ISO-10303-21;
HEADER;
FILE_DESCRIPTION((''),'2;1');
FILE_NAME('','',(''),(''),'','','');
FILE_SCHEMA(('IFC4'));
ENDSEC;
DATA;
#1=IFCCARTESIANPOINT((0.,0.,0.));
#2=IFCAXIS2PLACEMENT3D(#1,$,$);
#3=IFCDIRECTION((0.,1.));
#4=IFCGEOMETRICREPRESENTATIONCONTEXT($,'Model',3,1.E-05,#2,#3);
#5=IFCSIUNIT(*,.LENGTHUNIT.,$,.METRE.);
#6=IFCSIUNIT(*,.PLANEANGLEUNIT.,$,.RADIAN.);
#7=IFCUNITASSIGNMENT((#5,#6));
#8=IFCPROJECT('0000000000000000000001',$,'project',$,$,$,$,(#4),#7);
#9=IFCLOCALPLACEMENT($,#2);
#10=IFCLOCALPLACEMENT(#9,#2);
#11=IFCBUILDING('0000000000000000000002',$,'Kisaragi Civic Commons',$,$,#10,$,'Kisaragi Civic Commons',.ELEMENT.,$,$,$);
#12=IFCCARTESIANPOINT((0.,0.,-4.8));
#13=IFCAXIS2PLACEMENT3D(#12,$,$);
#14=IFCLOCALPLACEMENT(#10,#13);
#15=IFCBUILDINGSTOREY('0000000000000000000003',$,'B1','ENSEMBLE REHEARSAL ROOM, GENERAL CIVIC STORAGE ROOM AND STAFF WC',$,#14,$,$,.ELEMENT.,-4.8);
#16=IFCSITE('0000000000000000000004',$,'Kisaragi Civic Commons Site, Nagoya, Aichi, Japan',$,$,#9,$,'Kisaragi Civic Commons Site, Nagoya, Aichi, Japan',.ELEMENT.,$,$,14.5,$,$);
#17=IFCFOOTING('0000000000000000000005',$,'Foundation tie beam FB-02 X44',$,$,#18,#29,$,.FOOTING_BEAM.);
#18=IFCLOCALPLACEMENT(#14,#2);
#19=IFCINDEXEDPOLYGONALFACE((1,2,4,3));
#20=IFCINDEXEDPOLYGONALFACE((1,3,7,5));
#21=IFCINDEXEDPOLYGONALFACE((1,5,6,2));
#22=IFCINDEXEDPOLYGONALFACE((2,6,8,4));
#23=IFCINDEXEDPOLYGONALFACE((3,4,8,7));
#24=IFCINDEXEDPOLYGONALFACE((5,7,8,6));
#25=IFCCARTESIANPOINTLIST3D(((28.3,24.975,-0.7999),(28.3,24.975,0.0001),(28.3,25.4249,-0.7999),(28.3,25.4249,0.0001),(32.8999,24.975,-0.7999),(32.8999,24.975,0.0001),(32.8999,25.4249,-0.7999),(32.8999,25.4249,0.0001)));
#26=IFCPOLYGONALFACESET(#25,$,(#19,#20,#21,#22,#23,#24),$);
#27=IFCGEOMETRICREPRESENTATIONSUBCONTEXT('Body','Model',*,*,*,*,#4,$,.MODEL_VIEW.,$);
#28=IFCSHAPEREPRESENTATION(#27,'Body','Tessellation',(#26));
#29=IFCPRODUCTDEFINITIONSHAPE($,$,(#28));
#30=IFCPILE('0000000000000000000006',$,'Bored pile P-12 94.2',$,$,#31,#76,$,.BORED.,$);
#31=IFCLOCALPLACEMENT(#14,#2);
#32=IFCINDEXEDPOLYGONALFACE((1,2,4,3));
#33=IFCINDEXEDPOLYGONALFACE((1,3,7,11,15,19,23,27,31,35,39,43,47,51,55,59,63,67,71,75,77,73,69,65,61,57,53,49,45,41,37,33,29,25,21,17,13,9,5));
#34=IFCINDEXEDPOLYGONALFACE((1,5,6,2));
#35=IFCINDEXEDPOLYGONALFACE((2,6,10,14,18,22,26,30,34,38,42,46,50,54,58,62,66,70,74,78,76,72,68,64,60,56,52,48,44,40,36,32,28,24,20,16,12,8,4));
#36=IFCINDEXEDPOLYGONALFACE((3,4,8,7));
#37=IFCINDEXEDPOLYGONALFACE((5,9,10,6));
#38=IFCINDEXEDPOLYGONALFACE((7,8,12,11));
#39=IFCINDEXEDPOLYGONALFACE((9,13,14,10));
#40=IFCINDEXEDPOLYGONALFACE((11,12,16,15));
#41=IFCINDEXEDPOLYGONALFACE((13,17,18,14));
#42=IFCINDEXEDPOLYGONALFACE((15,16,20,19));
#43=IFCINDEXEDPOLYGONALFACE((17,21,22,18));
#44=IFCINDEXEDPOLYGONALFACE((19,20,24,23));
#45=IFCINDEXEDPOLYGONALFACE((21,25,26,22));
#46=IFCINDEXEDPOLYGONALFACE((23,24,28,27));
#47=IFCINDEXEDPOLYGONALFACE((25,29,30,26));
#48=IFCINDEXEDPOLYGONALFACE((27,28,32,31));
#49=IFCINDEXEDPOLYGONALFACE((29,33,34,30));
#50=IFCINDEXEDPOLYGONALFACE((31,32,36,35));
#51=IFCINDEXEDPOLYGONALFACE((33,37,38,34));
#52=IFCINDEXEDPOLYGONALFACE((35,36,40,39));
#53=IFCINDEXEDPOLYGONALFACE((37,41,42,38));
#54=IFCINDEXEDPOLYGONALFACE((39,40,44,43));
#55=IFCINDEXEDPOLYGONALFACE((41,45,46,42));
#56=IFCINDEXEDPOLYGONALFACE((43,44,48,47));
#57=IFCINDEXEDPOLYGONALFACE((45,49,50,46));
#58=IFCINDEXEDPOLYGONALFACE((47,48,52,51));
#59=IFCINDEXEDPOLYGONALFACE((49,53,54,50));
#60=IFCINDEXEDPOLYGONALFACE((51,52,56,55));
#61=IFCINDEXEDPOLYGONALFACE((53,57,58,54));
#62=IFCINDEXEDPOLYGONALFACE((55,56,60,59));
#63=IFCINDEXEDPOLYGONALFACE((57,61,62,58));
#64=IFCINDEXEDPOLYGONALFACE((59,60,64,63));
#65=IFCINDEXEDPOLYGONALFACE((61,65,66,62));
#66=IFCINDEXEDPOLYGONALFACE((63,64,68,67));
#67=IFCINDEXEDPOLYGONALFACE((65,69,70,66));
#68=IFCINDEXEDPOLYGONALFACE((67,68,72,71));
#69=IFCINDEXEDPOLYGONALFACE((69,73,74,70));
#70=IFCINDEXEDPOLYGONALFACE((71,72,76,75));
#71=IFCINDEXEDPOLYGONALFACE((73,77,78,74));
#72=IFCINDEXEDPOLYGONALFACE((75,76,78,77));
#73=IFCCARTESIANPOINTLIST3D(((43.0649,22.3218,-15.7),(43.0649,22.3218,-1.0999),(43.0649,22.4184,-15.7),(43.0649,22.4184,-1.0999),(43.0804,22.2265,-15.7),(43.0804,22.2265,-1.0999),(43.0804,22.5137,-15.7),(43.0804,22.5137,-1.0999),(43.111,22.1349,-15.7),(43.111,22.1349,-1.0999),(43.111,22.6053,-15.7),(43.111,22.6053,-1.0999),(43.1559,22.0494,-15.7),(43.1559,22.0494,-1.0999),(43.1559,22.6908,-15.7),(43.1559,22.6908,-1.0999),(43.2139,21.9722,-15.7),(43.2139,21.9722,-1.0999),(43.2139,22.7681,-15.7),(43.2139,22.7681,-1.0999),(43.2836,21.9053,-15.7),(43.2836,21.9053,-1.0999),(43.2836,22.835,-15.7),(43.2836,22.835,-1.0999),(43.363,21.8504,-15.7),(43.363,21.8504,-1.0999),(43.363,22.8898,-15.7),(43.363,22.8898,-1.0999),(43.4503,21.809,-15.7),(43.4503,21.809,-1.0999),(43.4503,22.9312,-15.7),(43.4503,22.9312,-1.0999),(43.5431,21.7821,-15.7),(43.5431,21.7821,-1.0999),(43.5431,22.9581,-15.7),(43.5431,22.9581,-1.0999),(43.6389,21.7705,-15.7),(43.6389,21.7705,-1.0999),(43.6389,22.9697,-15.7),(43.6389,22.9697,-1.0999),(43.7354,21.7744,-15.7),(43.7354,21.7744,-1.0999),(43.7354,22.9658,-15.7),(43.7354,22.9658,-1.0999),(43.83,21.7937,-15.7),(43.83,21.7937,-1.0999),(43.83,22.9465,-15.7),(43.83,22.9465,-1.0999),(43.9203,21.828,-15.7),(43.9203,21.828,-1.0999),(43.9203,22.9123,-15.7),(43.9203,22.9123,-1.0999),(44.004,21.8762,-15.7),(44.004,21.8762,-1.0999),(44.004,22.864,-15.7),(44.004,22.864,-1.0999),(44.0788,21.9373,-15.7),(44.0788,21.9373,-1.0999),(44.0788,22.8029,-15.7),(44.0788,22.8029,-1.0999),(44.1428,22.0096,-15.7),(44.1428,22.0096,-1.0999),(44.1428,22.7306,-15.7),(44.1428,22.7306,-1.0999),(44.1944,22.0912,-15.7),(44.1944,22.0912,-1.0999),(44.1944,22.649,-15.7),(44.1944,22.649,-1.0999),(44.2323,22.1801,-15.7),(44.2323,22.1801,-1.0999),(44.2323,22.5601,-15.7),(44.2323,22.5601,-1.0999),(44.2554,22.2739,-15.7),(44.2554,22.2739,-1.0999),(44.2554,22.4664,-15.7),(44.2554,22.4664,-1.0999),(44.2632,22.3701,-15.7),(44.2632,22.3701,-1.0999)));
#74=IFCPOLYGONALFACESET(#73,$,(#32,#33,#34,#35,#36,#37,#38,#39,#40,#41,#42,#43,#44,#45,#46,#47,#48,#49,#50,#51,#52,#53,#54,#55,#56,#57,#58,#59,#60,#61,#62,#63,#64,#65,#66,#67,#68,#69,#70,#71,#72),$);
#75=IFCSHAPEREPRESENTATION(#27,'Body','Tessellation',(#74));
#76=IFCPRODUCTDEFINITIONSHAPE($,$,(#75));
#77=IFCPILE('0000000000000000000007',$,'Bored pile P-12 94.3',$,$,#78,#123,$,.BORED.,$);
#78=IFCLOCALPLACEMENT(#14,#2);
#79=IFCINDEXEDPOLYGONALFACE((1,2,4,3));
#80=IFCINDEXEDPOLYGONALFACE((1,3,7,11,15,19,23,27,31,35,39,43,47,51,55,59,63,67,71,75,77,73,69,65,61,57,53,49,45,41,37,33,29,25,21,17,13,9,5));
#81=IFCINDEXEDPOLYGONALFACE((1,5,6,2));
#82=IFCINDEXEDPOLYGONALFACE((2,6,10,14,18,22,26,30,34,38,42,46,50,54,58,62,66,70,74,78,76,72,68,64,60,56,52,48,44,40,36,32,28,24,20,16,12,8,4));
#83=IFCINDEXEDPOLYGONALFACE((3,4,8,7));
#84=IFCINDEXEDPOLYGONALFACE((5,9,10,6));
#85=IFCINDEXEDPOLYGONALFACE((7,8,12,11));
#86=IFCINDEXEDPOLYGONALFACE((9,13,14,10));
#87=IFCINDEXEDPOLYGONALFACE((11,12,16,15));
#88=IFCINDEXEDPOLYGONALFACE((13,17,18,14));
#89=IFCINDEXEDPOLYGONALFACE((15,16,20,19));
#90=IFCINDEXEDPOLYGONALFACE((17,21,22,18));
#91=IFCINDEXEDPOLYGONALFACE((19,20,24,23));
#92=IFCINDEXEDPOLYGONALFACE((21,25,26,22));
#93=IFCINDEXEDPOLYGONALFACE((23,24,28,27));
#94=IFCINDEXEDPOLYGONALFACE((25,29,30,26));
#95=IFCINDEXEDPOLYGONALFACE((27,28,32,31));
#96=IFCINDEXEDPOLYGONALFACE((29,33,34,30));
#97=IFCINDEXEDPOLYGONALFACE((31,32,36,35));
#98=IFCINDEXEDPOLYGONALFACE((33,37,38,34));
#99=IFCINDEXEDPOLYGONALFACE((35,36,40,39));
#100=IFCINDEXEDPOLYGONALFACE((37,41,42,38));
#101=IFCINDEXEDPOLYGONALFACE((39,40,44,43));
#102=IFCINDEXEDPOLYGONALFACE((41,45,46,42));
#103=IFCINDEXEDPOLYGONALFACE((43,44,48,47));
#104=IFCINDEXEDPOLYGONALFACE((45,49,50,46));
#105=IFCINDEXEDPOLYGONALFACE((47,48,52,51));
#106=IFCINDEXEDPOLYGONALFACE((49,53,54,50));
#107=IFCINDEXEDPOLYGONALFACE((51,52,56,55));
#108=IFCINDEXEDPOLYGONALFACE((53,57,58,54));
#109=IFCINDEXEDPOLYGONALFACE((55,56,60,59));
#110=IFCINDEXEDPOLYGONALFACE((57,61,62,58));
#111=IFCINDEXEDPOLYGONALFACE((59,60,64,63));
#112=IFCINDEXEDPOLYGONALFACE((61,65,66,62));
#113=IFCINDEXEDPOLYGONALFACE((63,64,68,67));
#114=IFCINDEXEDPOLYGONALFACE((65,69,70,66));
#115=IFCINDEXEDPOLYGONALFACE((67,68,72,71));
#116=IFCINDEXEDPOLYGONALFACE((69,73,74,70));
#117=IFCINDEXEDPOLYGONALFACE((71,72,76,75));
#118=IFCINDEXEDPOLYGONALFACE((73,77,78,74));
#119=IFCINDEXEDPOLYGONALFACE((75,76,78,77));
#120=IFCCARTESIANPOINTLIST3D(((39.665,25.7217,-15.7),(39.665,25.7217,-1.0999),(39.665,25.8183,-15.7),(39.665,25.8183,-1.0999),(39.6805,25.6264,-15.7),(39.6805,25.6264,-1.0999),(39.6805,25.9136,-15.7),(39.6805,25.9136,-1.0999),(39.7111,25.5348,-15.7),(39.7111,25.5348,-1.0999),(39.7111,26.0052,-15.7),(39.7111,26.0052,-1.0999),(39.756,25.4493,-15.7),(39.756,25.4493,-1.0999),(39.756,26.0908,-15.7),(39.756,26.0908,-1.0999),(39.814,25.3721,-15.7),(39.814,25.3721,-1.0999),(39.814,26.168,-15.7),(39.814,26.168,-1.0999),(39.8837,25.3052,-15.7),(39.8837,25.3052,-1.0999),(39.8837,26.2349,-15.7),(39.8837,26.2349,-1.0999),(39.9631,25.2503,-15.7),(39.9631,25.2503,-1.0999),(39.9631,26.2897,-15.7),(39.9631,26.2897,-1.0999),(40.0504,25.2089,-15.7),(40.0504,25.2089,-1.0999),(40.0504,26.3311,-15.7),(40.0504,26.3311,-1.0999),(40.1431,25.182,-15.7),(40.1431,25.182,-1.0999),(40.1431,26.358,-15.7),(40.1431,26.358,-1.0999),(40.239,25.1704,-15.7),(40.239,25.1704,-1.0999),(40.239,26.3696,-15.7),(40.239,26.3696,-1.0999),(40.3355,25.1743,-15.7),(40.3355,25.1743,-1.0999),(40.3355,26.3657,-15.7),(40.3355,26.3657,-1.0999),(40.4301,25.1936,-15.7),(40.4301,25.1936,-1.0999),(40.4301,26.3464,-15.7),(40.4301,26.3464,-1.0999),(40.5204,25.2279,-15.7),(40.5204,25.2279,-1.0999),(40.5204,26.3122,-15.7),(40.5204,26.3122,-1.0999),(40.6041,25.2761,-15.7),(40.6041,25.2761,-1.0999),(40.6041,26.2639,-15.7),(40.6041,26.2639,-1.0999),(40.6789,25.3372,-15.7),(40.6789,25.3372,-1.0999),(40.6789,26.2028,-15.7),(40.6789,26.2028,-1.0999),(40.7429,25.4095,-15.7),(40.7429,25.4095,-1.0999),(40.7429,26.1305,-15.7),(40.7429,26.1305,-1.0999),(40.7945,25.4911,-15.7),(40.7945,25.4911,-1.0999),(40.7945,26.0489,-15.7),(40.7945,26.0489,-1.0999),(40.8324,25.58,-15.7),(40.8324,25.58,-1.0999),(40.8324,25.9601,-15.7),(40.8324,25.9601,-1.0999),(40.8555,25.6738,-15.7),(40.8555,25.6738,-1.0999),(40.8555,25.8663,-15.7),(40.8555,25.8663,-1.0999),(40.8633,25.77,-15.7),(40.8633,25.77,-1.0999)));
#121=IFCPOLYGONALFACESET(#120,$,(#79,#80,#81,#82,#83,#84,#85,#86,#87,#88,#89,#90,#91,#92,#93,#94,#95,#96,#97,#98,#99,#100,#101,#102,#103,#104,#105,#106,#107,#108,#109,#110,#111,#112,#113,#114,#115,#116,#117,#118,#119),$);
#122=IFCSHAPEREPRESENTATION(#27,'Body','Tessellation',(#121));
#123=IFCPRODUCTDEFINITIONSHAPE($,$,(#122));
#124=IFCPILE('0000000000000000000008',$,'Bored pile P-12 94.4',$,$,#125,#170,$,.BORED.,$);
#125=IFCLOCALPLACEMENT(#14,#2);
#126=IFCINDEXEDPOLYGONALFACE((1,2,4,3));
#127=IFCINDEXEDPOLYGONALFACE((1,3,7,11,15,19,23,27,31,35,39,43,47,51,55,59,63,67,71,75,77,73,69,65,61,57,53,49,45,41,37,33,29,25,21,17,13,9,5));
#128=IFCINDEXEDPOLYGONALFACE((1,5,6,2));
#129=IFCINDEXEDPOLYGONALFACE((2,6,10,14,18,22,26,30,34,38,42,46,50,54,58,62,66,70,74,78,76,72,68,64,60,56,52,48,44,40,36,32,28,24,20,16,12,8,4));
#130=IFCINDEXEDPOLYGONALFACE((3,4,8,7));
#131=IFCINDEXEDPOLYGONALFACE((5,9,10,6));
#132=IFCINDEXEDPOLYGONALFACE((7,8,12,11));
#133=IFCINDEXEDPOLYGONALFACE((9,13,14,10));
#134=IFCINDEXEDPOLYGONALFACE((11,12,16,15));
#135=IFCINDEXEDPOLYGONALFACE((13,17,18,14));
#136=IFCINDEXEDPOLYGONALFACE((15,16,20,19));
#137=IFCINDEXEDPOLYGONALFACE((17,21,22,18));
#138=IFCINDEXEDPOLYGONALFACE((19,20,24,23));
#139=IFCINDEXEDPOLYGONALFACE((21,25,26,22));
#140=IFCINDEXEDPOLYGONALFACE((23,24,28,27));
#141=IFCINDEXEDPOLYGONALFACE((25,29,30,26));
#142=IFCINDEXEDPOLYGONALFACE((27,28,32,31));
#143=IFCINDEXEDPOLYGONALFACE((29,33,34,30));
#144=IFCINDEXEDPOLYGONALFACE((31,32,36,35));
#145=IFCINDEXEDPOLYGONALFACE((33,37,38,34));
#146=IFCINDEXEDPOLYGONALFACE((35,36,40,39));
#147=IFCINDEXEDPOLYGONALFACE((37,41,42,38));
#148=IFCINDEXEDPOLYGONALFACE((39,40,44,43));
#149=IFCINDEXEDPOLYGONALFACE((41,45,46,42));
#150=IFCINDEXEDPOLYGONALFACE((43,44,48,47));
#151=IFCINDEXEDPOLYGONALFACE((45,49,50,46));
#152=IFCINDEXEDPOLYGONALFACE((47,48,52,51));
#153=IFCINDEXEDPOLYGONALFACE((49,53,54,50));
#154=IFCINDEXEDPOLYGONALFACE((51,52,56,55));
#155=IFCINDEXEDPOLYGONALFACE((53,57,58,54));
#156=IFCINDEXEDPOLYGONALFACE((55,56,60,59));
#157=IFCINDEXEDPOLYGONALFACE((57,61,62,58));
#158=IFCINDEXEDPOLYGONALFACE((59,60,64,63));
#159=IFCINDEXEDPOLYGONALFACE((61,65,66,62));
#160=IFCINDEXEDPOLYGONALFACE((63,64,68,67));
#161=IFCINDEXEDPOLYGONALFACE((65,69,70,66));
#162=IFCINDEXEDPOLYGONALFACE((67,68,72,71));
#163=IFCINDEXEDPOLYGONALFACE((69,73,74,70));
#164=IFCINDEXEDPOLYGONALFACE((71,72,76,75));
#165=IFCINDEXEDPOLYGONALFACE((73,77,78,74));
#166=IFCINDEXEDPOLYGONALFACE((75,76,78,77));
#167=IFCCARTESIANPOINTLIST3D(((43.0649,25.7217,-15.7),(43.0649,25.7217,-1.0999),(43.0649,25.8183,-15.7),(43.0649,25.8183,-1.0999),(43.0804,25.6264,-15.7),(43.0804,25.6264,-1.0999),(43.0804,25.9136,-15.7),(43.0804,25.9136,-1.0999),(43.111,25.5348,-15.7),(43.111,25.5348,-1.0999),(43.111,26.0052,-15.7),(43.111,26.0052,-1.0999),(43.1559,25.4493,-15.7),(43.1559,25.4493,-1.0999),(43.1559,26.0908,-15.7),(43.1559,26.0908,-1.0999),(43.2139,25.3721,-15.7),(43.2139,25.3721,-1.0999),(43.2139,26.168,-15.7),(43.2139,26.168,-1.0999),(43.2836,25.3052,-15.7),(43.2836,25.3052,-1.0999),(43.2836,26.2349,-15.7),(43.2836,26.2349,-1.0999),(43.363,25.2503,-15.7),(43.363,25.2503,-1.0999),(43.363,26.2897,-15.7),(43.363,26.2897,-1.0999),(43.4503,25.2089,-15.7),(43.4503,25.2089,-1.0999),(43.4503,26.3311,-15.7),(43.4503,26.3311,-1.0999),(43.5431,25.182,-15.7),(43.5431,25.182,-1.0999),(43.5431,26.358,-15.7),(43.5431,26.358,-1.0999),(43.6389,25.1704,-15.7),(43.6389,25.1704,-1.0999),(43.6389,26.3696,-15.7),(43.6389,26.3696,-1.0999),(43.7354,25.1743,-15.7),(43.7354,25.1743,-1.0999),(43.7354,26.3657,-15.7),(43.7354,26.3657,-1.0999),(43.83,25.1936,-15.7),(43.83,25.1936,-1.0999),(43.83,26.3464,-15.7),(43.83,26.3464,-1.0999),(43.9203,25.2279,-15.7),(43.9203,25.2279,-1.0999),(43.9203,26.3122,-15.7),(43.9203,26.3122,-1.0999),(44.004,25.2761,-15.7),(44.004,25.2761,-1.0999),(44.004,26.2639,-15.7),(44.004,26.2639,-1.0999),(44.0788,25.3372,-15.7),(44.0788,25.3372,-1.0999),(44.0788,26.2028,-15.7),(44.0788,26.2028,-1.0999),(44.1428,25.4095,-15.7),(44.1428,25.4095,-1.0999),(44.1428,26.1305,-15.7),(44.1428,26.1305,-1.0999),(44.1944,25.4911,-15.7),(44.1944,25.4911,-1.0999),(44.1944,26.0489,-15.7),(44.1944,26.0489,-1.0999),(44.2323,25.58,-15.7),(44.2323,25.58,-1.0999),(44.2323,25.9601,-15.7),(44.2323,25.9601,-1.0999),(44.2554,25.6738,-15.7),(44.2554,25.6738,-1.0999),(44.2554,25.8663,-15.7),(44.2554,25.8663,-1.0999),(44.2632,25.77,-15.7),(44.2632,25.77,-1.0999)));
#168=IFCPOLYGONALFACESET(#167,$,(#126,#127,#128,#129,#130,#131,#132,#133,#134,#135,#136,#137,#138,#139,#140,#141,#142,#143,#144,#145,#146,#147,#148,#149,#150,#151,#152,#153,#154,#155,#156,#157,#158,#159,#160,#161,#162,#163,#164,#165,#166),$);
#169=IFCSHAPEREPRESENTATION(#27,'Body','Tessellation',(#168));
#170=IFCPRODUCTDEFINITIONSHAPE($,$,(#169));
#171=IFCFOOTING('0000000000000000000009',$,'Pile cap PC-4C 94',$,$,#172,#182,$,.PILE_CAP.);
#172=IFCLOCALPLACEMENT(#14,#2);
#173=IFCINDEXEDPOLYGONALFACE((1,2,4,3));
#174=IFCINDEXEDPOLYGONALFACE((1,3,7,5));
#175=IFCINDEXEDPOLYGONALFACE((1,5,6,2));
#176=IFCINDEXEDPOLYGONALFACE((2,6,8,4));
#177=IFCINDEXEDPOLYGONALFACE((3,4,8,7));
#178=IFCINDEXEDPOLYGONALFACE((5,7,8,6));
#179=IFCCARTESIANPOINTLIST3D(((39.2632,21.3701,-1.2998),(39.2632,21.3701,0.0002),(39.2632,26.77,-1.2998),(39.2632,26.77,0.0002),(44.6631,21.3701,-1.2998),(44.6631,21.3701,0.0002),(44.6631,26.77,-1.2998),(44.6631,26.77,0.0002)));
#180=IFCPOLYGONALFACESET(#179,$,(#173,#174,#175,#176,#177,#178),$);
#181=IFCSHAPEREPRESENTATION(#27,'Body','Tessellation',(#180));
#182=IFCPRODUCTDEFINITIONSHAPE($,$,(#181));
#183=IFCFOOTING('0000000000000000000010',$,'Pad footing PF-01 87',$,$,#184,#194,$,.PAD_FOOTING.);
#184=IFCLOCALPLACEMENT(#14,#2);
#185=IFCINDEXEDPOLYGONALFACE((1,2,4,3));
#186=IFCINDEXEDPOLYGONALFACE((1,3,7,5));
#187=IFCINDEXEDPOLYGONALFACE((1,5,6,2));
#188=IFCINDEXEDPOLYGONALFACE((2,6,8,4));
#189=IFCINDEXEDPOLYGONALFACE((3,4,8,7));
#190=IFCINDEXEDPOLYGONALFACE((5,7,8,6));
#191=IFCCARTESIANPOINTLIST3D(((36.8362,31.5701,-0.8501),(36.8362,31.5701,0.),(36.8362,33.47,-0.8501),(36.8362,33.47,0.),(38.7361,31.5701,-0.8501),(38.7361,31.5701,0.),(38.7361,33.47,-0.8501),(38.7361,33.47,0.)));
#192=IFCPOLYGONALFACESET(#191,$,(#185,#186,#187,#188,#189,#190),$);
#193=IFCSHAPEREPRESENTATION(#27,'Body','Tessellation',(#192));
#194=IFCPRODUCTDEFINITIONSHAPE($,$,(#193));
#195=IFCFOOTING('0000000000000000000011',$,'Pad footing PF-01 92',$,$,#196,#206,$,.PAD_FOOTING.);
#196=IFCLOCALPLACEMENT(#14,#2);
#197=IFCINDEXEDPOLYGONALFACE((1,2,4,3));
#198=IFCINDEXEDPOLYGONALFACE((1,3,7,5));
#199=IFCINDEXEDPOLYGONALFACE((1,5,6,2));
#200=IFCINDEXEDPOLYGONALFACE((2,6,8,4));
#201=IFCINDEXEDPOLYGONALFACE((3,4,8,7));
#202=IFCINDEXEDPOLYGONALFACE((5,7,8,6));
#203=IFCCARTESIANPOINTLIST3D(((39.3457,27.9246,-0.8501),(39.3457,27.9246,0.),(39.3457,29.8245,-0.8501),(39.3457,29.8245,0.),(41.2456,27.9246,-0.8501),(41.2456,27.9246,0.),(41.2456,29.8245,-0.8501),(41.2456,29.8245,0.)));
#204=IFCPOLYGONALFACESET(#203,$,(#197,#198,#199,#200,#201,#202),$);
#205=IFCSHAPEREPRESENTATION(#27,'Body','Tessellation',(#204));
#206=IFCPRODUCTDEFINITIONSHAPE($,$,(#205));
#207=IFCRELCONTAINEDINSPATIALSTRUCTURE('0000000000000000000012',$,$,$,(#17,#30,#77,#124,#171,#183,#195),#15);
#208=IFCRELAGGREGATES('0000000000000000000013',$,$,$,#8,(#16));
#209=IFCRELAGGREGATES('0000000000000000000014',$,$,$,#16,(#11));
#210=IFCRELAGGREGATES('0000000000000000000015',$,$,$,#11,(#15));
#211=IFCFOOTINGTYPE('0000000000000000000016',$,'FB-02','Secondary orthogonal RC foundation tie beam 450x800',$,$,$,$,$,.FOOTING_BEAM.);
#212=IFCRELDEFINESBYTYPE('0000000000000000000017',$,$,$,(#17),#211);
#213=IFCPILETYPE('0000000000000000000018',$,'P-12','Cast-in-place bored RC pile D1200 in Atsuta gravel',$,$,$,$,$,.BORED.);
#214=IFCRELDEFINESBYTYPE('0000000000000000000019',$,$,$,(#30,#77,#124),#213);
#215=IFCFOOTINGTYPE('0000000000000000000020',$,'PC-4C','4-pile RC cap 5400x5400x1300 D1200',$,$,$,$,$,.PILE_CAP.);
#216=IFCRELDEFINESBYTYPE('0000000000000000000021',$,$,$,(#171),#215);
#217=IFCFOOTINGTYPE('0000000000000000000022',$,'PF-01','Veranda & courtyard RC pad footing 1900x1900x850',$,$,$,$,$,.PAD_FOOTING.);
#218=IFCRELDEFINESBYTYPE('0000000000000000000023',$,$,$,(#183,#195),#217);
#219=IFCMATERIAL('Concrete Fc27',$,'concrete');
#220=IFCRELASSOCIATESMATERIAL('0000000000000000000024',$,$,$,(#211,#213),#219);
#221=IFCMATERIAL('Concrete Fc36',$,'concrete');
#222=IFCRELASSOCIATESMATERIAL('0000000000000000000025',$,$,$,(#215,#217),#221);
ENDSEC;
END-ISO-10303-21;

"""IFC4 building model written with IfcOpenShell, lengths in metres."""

from ifc_helpers import new_model, si_unit, direction, frame, origin, origin_2d, place, context, subcontext, project, spatial, rectangle, circle, extrude, material, material_profile, profile_set, type_object, element, save


model = new_model("IFC4")

# Units and contexts
model_context = context("Model", 3, precision=1e-05, world=origin(), true_north=direction((0.0, 1.0)))
body_context = subcontext(model_context, "Body", "Model", "MODEL_VIEW")
ifc_project = project(units=[si_unit("LENGTHUNIT", "METRE"), si_unit("PLANEANGLEUNIT", "RADIAN")], contexts=[model_context])

# Site, building, storey
site_placement = place(None, origin())
site = spatial("IfcSite", under=ifc_project, at=site_placement, Name="Kisaragi Civic Commons Site, Nagoya, Aichi, Japan", LongName="Kisaragi Civic Commons Site, Nagoya, Aichi, Japan", CompositionType="ELEMENT", RefElevation=14.5)
building_placement = place(site_placement, origin())
building = spatial("IfcBuilding", under=site, at=building_placement, Name="Kisaragi Civic Commons", LongName="Kisaragi Civic Commons", CompositionType="ELEMENT")
storey_placement = place(building_placement, frame((0.0, 0.0, -4.8)))
storey = spatial("IfcBuildingStorey", under=building, at=storey_placement, Name="B1", Description="ENSEMBLE REHEARSAL ROOM, GENERAL CIVIC STORAGE ROOM AND STAFF WC", CompositionType="ELEMENT", Elevation=-4.8)

# Footing
ifc_material_1 = material(Name="Concrete Fc27", Category="concrete")
ifc_material_profile_1 = material_profile(ifc_material_1, rectangle(XDim=0.45, YDim=0.8, at=origin_2d()), Name="RC-450x800", Category="concrete")
ifc_profile_set_1 = profile_set([ifc_material_profile_1], Name="Concrete Fc27")
footing_type_1 = type_object("IfcFootingType", Name="FB-02", Description="Secondary orthogonal RC foundation tie beam 450x800", PredefinedType="FOOTING_BEAM", material=ifc_profile_set_1)
footing_1_placement = place(storey_placement, frame((28.3, 25.2, -0.3999), z_axis=(1.0, 0.0, 0.0), x_axis=(0.0, 1.0, 0.0)))
element("IfcFooting", 1, at=footing_1_placement, inside=storey, type_object=footing_type_1, Name="Foundation tie beam FB-02 X44", PredefinedType="FOOTING_BEAM", context=body_context, shape_type="SweptSolid", body=[
    extrude(rectangle(XDim=0.45, YDim=0.8, at=origin_2d()), origin(), (0.0, 0.0, 1.0), 4.5999),
])

# Piles
ifc_material_profile_2 = material_profile(ifc_material_1, circle(Radius=0.6001, at=origin_2d()), Name="PILE-D1200", Category="concrete")
ifc_profile_set_2 = profile_set([ifc_material_profile_2], Name="Concrete Fc27")
pile_type = type_object("IfcPileType", Name="P-12", Description="Cast-in-place bored RC pile D1200 in Atsuta gravel", PredefinedType="BORED", material=ifc_profile_set_2)
for number, where, z_axis, x_axis, name in (
    (2, (43.6631, 22.3701, -1.0999), (0.0, 0.0, -1.0), (1.0, 0.0, 0.0), "Bored pile P-12 94.2"),
    (3, (40.2632, 25.77, -1.0999), (0.0, 0.0, -1.0), (1.0, 0.0, 0.0), "Bored pile P-12 94.3"),
    (4, (43.6631, 25.77, -1.0999), (0.0, 0.0, -1.0), (1.0, 0.0, 0.0), "Bored pile P-12 94.4"),
):
    element("IfcPile", number, at=place(storey_placement, frame(where, z_axis=z_axis, x_axis=x_axis)), inside=storey, type_object=pile_type, Name=name, PredefinedType="BORED", context=body_context, shape_type="SweptSolid", body=[
        extrude(circle(Radius=0.6001, at=origin_2d()), origin(), (0.0, 0.0, 1.0), 14.6001),
    ])

# Footings
ifc_material_2 = material(Name="Concrete Fc36", Category="concrete")
footing_type_2 = type_object("IfcFootingType", Name="PC-4C", Description="4-pile RC cap 5400x5400x1300 D1200", PredefinedType="PILE_CAP", material=ifc_material_2)
footing_2_placement = place(storey_placement, frame((41.9631, 24.0701, -1.2998), z_axis=(0.0, 0.0, 1.0), x_axis=(1.0, 0.0, 0.0)))
element("IfcFooting", 5, at=footing_2_placement, inside=storey, type_object=footing_type_2, Name="Pile cap PC-4C 94", PredefinedType="PILE_CAP", context=body_context, shape_type="SweptSolid", body=[
    extrude(rectangle(XDim=5.3999, YDim=5.3999, at=origin_2d()), origin(), (0.0, 0.0, 1.0), 1.3),
])
footing_type_3 = type_object("IfcFootingType", Name="PF-01", Description="Veranda & courtyard RC pad footing 1900x1900x850", PredefinedType="PAD_FOOTING", material=ifc_material_2)
for number, where, z_axis, x_axis, name in (
    (6, (37.7861, 32.52, -0.8501), (0.0, 0.0, 1.0), (1.0, 0.0, 0.0), "Pad footing PF-01 87"),
    (7, (40.2957, 28.8745, -0.8501), (0.0, 0.0, 1.0), (1.0, 0.0, 0.0), "Pad footing PF-01 92"),
):
    element("IfcFooting", number, at=place(storey_placement, frame(where, z_axis=z_axis, x_axis=x_axis)), inside=storey, type_object=footing_type_3, Name=name, PredefinedType="PAD_FOOTING", context=body_context, shape_type="SweptSolid", body=[
        extrude(rectangle(XDim=1.8999, YDim=1.8999, at=origin_2d()), origin(), (0.0, 0.0, 1.0), 0.8501),
    ])

save(model, "model.ifc")
